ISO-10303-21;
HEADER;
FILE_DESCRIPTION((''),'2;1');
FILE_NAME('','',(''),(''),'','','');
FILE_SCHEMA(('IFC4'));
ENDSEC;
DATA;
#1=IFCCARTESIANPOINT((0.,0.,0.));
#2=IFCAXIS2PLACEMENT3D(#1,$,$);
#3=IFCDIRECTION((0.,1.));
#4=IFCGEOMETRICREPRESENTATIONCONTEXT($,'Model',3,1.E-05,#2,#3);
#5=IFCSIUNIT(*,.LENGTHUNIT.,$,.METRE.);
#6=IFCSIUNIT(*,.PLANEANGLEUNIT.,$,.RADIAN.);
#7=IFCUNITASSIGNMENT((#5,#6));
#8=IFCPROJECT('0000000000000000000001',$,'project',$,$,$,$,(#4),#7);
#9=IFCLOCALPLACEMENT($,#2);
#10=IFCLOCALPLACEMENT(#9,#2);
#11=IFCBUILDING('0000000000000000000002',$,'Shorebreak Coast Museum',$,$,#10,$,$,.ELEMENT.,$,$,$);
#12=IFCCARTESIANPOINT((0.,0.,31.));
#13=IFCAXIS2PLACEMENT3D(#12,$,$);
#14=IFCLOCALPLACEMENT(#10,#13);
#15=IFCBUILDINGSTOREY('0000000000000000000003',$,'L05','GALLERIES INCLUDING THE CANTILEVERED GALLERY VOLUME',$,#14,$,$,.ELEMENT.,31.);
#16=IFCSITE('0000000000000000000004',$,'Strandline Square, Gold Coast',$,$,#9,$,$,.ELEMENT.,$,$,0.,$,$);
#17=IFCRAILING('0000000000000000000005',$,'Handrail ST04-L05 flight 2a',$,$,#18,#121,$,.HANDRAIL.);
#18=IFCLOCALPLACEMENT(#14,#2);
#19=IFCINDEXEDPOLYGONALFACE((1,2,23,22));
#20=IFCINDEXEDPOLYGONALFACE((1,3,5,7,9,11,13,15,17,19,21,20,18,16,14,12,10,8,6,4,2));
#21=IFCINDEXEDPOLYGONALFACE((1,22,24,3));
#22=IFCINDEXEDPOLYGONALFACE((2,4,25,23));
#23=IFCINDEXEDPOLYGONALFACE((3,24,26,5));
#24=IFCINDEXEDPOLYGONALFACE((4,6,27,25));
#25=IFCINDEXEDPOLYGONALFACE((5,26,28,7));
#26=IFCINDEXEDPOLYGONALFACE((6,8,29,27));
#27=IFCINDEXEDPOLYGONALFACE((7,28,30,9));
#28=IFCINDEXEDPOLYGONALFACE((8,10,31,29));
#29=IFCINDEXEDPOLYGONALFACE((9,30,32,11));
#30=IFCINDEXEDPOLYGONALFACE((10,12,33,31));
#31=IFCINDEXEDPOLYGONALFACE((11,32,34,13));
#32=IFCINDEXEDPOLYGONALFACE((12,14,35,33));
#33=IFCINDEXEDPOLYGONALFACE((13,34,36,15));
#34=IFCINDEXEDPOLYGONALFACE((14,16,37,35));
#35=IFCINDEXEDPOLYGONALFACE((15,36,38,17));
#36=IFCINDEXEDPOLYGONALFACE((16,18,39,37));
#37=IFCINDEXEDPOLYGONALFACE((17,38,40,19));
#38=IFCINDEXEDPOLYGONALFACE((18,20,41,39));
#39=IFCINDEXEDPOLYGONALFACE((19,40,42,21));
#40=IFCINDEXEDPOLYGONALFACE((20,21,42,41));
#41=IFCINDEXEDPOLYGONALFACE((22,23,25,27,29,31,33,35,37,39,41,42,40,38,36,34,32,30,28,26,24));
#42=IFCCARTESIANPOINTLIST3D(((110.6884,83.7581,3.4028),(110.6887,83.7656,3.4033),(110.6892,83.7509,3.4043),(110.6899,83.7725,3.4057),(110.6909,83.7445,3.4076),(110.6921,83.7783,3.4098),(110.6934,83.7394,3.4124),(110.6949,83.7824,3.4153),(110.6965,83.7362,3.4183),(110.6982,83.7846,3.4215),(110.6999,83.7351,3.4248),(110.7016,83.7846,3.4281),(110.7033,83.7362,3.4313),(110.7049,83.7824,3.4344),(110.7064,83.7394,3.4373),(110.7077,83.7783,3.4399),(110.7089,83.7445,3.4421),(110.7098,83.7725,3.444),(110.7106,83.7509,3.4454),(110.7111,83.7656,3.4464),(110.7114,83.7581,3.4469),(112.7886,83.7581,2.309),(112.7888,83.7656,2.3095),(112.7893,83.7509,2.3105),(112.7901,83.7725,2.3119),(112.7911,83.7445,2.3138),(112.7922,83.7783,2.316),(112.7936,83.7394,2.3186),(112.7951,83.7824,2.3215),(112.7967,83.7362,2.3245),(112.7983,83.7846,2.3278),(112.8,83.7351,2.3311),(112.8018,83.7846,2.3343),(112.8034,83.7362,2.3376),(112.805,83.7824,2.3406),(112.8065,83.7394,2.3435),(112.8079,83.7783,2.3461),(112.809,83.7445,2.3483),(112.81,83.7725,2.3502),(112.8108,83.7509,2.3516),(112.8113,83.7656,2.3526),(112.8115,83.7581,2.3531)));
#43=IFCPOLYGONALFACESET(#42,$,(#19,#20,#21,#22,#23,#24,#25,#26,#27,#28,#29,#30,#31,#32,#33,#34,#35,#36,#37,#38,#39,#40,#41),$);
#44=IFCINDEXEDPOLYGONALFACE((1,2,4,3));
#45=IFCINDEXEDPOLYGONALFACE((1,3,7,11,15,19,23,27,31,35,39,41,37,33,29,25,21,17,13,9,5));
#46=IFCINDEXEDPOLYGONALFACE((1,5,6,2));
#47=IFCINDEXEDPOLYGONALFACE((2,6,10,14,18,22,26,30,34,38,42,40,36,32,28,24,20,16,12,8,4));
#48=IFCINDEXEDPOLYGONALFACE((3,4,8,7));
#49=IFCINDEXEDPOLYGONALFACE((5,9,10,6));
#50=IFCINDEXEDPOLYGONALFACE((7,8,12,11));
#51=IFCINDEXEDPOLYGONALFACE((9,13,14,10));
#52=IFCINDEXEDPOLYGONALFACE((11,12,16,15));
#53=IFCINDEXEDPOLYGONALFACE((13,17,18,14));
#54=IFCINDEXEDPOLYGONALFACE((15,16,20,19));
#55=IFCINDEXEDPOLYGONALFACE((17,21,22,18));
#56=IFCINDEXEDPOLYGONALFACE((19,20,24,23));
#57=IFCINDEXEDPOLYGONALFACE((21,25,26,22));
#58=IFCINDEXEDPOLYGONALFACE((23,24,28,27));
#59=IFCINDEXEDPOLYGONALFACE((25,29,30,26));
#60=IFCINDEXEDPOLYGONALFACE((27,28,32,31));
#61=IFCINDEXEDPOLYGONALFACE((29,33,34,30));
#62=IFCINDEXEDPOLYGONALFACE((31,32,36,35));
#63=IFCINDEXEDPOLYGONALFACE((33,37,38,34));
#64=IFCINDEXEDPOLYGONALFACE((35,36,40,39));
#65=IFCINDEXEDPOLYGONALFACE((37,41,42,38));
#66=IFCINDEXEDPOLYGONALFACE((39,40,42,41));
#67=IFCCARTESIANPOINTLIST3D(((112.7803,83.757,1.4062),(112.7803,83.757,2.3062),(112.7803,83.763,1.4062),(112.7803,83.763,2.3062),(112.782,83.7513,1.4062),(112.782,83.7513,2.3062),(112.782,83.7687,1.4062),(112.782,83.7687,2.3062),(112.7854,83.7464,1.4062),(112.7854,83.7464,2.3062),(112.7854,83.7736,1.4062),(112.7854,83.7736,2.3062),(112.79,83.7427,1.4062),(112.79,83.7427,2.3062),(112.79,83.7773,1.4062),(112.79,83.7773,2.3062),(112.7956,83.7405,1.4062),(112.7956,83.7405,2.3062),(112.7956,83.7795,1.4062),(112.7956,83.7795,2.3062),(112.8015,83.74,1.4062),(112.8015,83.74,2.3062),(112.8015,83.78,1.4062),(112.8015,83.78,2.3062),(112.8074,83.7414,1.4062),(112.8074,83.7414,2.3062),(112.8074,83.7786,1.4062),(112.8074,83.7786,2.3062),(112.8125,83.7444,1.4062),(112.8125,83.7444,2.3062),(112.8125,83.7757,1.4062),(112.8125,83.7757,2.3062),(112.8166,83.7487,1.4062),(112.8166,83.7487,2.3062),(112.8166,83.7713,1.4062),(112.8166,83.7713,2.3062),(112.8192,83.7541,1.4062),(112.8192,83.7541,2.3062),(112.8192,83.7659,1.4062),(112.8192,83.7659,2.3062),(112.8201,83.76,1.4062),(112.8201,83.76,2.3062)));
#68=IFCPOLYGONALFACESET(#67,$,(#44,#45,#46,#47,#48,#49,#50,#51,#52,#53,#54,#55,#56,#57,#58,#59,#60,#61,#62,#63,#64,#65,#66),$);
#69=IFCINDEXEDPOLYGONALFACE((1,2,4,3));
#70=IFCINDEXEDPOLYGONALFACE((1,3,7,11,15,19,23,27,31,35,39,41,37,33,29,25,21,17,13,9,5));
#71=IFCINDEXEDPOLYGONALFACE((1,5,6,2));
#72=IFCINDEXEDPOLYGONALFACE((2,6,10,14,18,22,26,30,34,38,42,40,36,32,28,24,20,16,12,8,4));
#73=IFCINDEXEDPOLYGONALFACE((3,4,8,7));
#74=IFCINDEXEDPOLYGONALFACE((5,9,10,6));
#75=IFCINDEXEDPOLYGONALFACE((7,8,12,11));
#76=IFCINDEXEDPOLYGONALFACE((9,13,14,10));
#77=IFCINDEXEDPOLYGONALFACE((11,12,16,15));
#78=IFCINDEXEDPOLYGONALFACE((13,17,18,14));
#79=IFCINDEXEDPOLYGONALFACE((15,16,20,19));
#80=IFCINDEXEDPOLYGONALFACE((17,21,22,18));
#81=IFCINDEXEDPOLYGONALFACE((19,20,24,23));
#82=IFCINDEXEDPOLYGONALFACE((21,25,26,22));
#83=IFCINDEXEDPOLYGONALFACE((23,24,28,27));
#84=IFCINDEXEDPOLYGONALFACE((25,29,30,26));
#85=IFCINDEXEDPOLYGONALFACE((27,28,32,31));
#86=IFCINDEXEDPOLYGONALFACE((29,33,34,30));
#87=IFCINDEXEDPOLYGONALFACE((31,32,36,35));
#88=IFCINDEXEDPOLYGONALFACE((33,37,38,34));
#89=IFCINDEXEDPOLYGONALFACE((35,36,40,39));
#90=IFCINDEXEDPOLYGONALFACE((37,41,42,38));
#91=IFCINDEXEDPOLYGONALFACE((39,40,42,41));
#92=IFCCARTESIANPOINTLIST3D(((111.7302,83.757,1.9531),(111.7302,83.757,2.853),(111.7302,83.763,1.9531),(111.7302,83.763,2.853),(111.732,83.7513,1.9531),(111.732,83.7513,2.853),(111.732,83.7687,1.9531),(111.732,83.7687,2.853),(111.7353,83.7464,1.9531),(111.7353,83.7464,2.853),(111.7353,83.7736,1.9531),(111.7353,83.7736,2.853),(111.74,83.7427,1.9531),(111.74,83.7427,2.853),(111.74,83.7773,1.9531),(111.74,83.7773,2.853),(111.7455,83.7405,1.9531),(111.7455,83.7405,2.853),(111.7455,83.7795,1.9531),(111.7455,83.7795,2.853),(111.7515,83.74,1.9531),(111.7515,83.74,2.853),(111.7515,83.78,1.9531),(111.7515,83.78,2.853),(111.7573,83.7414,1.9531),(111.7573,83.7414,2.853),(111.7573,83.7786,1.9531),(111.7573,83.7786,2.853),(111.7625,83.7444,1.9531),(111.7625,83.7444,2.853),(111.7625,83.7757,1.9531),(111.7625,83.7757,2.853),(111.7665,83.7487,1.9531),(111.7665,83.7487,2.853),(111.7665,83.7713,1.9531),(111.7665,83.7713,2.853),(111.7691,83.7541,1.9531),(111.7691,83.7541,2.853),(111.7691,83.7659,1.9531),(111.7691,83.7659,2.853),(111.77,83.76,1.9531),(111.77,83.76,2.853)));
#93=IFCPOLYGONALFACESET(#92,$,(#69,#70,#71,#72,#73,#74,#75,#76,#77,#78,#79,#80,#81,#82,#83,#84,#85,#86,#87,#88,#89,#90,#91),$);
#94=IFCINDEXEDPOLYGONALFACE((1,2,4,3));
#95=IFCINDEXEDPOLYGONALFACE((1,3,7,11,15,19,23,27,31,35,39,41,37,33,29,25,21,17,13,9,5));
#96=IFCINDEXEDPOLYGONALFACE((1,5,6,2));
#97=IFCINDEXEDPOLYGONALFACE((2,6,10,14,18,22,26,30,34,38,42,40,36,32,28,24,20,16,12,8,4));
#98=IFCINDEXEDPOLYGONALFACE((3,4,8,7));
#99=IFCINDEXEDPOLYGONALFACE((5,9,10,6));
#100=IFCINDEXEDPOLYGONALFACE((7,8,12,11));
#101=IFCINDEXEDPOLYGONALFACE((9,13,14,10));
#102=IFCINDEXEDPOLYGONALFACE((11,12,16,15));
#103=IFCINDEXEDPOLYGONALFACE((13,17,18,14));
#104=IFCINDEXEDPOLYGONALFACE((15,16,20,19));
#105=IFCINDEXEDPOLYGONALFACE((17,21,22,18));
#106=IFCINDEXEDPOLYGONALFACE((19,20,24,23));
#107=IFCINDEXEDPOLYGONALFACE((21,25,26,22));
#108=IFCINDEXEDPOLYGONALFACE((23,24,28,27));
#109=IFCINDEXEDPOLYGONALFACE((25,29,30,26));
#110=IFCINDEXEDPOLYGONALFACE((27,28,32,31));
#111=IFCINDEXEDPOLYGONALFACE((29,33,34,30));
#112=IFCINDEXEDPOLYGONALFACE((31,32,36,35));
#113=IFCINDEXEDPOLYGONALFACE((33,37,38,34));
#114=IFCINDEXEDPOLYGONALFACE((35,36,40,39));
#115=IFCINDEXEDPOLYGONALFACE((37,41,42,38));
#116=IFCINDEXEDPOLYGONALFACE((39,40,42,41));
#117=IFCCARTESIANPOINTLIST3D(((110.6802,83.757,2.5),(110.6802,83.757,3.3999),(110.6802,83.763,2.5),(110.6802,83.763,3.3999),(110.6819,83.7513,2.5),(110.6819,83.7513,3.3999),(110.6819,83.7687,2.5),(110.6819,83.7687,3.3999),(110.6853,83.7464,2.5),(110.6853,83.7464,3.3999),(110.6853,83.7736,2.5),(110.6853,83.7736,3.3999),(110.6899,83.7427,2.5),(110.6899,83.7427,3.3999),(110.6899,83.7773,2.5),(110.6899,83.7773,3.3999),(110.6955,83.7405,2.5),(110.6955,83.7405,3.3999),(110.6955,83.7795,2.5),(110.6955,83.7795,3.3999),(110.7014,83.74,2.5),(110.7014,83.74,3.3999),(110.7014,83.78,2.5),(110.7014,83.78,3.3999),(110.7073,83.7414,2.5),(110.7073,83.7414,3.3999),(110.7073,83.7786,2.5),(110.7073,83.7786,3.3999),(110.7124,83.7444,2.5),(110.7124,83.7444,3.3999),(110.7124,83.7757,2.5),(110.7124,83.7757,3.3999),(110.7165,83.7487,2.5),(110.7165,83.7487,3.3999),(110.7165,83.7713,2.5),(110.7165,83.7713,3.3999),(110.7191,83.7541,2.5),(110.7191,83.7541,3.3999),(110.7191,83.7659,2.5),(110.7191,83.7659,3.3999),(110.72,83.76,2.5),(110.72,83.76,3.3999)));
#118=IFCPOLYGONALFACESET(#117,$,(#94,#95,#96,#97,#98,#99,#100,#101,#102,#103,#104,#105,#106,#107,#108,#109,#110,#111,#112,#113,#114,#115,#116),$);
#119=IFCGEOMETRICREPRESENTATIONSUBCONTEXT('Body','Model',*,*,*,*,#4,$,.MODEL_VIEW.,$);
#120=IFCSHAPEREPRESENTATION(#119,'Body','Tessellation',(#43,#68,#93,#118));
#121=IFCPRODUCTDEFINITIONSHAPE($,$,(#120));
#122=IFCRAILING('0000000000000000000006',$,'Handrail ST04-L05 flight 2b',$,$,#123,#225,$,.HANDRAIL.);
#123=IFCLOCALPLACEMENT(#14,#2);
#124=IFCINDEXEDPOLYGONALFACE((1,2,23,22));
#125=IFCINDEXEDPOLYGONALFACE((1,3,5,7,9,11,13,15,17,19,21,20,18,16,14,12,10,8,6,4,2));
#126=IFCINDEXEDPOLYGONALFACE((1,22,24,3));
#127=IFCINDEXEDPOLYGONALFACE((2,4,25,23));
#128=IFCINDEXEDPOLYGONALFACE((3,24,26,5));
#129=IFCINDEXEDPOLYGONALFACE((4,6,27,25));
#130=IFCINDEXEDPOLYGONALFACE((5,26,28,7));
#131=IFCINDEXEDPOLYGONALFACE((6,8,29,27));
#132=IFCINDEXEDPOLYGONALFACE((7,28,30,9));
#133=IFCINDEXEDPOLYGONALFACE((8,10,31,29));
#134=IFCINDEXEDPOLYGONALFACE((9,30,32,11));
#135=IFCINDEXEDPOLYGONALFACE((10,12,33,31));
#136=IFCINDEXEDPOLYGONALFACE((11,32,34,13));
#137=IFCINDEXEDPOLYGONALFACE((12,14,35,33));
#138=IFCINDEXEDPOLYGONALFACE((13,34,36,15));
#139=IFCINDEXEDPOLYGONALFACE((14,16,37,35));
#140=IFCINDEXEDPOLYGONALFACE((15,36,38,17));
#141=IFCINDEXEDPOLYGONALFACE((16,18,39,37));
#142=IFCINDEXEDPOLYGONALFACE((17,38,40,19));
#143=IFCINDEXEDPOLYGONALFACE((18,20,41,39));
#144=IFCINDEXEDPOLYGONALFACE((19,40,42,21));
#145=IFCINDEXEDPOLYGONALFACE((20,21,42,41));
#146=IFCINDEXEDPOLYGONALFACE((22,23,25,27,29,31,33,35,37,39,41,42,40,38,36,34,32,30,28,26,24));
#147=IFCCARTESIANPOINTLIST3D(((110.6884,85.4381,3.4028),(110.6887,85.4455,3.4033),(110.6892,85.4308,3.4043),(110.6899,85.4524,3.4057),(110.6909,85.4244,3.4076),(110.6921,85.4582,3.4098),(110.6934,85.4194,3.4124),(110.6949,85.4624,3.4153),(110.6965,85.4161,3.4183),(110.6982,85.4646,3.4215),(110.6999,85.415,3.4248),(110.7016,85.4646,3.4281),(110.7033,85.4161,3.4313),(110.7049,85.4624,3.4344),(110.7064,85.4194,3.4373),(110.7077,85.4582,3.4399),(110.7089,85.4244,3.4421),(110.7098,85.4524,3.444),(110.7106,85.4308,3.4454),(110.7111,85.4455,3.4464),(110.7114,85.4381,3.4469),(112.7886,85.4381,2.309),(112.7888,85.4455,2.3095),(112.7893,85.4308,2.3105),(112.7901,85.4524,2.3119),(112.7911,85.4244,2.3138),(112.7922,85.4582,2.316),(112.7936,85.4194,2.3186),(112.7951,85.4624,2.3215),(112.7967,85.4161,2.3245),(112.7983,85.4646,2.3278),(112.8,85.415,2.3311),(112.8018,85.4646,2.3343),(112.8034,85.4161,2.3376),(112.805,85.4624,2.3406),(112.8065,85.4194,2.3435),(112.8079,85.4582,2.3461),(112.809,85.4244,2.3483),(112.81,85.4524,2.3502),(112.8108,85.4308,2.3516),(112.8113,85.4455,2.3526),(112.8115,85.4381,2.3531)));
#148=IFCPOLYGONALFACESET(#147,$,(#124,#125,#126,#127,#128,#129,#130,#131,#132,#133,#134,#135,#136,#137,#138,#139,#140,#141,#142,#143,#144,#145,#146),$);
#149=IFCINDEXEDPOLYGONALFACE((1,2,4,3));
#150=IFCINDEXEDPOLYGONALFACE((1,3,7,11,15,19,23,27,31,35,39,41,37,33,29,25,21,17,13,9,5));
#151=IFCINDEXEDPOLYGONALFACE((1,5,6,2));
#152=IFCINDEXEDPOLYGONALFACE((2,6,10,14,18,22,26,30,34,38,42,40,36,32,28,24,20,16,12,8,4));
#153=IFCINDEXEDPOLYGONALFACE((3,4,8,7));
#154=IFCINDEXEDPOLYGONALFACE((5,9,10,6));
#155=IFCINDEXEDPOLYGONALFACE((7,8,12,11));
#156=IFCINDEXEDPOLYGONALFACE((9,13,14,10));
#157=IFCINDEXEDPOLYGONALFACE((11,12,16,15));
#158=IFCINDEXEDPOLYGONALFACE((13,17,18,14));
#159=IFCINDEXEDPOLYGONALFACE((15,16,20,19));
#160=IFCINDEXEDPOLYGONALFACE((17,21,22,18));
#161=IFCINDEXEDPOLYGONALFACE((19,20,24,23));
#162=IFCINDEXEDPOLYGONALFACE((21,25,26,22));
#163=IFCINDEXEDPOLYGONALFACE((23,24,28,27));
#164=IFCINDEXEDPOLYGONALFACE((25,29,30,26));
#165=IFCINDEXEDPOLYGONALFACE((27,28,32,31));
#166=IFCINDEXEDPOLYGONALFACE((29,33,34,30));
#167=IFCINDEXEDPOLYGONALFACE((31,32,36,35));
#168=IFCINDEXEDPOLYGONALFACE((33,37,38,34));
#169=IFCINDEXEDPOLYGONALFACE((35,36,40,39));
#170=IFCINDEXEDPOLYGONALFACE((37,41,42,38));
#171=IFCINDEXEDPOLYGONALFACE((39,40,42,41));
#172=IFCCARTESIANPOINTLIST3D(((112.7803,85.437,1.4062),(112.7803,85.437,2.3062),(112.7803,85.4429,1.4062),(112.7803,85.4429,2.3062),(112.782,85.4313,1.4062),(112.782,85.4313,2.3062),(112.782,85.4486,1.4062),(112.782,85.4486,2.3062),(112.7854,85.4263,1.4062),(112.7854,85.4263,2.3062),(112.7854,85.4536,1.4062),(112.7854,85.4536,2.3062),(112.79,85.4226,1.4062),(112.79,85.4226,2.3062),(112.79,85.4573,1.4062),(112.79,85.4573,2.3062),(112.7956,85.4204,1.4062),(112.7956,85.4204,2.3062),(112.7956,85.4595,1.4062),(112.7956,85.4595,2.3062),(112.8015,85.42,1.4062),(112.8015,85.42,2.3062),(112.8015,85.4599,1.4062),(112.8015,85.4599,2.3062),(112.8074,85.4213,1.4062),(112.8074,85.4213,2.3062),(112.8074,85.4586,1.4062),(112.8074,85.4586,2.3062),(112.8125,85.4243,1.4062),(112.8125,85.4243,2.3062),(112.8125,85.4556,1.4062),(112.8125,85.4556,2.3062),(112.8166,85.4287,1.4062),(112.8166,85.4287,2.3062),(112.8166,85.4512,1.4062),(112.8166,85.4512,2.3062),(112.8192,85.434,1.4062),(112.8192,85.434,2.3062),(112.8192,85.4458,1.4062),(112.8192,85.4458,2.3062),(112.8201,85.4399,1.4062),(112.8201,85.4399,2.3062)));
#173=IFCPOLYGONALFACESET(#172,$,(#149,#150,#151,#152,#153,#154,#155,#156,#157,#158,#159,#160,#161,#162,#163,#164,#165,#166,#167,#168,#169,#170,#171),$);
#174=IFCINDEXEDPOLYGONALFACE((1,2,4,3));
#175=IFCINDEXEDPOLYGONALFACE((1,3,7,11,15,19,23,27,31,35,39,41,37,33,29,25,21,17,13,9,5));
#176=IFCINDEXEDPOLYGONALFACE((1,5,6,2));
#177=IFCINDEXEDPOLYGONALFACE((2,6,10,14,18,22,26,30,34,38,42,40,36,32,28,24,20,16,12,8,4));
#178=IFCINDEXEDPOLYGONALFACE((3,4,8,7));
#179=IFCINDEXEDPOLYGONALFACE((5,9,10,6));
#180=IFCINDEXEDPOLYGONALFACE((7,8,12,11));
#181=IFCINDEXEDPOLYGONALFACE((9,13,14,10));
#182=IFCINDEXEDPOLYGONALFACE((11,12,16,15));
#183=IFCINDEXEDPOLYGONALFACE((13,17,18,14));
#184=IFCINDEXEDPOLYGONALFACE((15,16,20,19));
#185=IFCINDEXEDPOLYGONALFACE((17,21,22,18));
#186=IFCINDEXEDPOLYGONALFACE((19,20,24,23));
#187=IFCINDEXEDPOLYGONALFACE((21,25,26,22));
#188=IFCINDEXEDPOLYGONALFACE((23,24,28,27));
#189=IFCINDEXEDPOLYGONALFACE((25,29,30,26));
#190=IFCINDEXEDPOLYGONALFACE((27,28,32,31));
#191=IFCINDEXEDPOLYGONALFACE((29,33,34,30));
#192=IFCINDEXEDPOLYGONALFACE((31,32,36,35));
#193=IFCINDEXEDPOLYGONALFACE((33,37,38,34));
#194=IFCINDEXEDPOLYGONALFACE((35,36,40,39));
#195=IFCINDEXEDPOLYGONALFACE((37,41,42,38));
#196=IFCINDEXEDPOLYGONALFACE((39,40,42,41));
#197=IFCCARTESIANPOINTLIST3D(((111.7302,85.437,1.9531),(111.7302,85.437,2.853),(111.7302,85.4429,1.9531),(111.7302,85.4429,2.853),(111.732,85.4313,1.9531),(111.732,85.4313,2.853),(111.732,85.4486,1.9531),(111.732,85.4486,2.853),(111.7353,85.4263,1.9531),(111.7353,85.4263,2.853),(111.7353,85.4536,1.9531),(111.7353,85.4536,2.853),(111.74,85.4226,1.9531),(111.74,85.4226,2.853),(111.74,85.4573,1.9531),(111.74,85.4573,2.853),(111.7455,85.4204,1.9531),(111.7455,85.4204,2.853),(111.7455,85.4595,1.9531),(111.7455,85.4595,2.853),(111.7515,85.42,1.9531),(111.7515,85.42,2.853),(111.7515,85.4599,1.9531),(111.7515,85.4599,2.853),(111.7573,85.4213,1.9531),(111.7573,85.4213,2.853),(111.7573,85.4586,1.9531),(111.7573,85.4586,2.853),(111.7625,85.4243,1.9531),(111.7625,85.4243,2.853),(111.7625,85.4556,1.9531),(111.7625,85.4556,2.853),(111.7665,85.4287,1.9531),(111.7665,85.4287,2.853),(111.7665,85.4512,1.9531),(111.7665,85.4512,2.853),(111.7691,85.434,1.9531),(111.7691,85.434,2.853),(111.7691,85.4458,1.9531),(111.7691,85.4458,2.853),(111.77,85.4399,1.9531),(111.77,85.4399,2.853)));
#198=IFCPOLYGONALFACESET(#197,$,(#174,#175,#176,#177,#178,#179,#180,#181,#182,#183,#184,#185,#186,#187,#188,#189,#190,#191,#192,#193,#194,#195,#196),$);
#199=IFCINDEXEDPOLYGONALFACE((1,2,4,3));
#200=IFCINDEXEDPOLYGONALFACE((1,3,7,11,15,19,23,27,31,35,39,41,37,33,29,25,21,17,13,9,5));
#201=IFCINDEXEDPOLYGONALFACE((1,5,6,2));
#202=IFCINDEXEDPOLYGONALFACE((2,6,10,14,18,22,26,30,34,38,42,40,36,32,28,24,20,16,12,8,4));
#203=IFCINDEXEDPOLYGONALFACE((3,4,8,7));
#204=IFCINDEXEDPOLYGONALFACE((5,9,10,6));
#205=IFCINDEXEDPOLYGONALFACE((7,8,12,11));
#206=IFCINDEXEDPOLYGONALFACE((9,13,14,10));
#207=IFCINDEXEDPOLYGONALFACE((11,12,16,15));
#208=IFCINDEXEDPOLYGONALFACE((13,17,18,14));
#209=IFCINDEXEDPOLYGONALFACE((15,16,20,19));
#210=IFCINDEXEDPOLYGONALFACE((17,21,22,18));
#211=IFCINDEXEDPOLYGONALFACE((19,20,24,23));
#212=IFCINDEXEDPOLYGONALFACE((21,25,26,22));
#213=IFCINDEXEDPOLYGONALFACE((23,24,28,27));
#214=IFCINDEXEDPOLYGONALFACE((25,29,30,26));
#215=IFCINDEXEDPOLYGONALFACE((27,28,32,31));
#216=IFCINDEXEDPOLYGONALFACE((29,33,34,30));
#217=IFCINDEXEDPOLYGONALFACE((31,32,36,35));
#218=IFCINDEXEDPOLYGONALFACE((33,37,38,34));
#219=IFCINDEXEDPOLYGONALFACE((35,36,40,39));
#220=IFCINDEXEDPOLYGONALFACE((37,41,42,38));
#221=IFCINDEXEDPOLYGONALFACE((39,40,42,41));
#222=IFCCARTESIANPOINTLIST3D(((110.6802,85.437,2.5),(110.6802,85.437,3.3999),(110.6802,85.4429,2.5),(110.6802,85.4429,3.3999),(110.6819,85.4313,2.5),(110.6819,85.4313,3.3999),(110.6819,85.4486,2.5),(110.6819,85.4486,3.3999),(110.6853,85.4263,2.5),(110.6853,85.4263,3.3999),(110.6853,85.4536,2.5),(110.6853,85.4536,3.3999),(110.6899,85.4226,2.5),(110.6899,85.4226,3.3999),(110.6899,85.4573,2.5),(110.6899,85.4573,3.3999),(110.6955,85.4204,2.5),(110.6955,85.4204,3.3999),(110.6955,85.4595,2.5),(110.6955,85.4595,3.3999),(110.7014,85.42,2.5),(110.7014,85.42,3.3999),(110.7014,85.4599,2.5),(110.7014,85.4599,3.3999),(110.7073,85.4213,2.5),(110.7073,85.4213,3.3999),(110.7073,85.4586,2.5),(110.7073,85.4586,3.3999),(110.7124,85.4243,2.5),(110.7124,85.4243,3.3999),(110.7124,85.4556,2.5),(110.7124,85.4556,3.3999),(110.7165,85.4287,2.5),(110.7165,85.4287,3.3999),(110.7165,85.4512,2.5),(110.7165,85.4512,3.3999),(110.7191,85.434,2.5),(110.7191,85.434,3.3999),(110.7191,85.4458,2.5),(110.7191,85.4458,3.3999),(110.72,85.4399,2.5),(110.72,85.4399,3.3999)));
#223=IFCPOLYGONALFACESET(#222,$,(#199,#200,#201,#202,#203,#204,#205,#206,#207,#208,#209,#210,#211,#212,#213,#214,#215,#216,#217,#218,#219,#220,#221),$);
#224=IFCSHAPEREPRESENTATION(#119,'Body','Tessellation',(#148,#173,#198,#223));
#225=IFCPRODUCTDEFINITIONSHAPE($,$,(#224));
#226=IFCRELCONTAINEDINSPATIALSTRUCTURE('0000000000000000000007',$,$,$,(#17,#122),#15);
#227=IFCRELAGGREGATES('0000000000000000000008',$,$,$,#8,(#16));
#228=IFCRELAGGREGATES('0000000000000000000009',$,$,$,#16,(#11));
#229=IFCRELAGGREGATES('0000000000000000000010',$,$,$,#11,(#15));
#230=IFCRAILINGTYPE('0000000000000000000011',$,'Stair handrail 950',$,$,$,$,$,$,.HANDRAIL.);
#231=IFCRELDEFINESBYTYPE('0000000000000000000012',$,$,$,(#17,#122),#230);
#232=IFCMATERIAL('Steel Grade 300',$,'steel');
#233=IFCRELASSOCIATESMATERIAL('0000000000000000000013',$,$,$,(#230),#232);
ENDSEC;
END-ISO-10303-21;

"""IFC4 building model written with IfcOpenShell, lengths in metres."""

from ifc_helpers import new_model, si_unit, direction, frame, origin, origin_2d, place, context, subcontext, project, spatial, circle, extrude, material, type_object, element, save


model = new_model("IFC4")

# Units and contexts
model_context = context("Model", 3, precision=1e-05, world=origin(), true_north=direction((0.0, 1.0)))
body_context = subcontext(model_context, "Body", "Model", "MODEL_VIEW")
ifc_project = project(units=[si_unit("LENGTHUNIT", "METRE"), si_unit("PLANEANGLEUNIT", "RADIAN")], contexts=[model_context])

# Site, building, storey
site_placement = place(None, origin())
site = spatial("IfcSite", under=ifc_project, at=site_placement, Name="Strandline Square, Gold Coast", CompositionType="ELEMENT", RefElevation=0.0)
building_placement = place(site_placement, origin())
building = spatial("IfcBuilding", under=site, at=building_placement, Name="Shorebreak Coast Museum", CompositionType="ELEMENT")
storey_placement = place(building_placement, frame((0.0, 0.0, 31.0)))
storey = spatial("IfcBuildingStorey", under=building, at=storey_placement, Name="L05", Description="GALLERIES INCLUDING THE CANTILEVERED GALLERY VOLUME", CompositionType="ELEMENT", Elevation=31.0)

# Railings
ifc_material_1 = material(Name="Steel Grade 300", Category="steel")
railing_type_1 = type_object("IfcRailingType", Name="Stair handrail 950", PredefinedType="HANDRAIL", material=ifc_material_1)
for number, where, name in (
    (1, (112.8, 83.76, 1.4062), "Handrail ST04-L05 flight 2a"),
    (2, (112.8, 85.4399, 1.4062), "Handrail ST04-L05 flight 2b"),
):
    element("IfcRailing", number, at=place(storey_placement, frame(where)), inside=storey, type_object=railing_type_1, Name=name, PredefinedType="HANDRAIL", context=body_context, shape_type="SweptSolid", body=[
        extrude(circle(Radius=0.0249, at=origin_2d()), frame((0.0, 0.0, 0.9248), z_axis=(-0.886923, 0.0, 0.461918), x_axis=(0.0, -1.0, 0.0)), (0.0, 0.0, 1.0), 2.3679),
        extrude(circle(Radius=0.02, at=origin_2d()), origin(), (0.0, 0.0, 1.0), 0.8999),
        extrude(circle(Radius=0.02, at=origin_2d()), frame((-1.05, 0.0, 0.5469)), (0.0, 0.0, 1.0), 0.8999),
        extrude(circle(Radius=0.02, at=origin_2d()), frame((-2.1001, 0.0, 1.0938)), (0.0, 0.0, 1.0), 0.8999),
    ])

save(model, "model.ifc")
